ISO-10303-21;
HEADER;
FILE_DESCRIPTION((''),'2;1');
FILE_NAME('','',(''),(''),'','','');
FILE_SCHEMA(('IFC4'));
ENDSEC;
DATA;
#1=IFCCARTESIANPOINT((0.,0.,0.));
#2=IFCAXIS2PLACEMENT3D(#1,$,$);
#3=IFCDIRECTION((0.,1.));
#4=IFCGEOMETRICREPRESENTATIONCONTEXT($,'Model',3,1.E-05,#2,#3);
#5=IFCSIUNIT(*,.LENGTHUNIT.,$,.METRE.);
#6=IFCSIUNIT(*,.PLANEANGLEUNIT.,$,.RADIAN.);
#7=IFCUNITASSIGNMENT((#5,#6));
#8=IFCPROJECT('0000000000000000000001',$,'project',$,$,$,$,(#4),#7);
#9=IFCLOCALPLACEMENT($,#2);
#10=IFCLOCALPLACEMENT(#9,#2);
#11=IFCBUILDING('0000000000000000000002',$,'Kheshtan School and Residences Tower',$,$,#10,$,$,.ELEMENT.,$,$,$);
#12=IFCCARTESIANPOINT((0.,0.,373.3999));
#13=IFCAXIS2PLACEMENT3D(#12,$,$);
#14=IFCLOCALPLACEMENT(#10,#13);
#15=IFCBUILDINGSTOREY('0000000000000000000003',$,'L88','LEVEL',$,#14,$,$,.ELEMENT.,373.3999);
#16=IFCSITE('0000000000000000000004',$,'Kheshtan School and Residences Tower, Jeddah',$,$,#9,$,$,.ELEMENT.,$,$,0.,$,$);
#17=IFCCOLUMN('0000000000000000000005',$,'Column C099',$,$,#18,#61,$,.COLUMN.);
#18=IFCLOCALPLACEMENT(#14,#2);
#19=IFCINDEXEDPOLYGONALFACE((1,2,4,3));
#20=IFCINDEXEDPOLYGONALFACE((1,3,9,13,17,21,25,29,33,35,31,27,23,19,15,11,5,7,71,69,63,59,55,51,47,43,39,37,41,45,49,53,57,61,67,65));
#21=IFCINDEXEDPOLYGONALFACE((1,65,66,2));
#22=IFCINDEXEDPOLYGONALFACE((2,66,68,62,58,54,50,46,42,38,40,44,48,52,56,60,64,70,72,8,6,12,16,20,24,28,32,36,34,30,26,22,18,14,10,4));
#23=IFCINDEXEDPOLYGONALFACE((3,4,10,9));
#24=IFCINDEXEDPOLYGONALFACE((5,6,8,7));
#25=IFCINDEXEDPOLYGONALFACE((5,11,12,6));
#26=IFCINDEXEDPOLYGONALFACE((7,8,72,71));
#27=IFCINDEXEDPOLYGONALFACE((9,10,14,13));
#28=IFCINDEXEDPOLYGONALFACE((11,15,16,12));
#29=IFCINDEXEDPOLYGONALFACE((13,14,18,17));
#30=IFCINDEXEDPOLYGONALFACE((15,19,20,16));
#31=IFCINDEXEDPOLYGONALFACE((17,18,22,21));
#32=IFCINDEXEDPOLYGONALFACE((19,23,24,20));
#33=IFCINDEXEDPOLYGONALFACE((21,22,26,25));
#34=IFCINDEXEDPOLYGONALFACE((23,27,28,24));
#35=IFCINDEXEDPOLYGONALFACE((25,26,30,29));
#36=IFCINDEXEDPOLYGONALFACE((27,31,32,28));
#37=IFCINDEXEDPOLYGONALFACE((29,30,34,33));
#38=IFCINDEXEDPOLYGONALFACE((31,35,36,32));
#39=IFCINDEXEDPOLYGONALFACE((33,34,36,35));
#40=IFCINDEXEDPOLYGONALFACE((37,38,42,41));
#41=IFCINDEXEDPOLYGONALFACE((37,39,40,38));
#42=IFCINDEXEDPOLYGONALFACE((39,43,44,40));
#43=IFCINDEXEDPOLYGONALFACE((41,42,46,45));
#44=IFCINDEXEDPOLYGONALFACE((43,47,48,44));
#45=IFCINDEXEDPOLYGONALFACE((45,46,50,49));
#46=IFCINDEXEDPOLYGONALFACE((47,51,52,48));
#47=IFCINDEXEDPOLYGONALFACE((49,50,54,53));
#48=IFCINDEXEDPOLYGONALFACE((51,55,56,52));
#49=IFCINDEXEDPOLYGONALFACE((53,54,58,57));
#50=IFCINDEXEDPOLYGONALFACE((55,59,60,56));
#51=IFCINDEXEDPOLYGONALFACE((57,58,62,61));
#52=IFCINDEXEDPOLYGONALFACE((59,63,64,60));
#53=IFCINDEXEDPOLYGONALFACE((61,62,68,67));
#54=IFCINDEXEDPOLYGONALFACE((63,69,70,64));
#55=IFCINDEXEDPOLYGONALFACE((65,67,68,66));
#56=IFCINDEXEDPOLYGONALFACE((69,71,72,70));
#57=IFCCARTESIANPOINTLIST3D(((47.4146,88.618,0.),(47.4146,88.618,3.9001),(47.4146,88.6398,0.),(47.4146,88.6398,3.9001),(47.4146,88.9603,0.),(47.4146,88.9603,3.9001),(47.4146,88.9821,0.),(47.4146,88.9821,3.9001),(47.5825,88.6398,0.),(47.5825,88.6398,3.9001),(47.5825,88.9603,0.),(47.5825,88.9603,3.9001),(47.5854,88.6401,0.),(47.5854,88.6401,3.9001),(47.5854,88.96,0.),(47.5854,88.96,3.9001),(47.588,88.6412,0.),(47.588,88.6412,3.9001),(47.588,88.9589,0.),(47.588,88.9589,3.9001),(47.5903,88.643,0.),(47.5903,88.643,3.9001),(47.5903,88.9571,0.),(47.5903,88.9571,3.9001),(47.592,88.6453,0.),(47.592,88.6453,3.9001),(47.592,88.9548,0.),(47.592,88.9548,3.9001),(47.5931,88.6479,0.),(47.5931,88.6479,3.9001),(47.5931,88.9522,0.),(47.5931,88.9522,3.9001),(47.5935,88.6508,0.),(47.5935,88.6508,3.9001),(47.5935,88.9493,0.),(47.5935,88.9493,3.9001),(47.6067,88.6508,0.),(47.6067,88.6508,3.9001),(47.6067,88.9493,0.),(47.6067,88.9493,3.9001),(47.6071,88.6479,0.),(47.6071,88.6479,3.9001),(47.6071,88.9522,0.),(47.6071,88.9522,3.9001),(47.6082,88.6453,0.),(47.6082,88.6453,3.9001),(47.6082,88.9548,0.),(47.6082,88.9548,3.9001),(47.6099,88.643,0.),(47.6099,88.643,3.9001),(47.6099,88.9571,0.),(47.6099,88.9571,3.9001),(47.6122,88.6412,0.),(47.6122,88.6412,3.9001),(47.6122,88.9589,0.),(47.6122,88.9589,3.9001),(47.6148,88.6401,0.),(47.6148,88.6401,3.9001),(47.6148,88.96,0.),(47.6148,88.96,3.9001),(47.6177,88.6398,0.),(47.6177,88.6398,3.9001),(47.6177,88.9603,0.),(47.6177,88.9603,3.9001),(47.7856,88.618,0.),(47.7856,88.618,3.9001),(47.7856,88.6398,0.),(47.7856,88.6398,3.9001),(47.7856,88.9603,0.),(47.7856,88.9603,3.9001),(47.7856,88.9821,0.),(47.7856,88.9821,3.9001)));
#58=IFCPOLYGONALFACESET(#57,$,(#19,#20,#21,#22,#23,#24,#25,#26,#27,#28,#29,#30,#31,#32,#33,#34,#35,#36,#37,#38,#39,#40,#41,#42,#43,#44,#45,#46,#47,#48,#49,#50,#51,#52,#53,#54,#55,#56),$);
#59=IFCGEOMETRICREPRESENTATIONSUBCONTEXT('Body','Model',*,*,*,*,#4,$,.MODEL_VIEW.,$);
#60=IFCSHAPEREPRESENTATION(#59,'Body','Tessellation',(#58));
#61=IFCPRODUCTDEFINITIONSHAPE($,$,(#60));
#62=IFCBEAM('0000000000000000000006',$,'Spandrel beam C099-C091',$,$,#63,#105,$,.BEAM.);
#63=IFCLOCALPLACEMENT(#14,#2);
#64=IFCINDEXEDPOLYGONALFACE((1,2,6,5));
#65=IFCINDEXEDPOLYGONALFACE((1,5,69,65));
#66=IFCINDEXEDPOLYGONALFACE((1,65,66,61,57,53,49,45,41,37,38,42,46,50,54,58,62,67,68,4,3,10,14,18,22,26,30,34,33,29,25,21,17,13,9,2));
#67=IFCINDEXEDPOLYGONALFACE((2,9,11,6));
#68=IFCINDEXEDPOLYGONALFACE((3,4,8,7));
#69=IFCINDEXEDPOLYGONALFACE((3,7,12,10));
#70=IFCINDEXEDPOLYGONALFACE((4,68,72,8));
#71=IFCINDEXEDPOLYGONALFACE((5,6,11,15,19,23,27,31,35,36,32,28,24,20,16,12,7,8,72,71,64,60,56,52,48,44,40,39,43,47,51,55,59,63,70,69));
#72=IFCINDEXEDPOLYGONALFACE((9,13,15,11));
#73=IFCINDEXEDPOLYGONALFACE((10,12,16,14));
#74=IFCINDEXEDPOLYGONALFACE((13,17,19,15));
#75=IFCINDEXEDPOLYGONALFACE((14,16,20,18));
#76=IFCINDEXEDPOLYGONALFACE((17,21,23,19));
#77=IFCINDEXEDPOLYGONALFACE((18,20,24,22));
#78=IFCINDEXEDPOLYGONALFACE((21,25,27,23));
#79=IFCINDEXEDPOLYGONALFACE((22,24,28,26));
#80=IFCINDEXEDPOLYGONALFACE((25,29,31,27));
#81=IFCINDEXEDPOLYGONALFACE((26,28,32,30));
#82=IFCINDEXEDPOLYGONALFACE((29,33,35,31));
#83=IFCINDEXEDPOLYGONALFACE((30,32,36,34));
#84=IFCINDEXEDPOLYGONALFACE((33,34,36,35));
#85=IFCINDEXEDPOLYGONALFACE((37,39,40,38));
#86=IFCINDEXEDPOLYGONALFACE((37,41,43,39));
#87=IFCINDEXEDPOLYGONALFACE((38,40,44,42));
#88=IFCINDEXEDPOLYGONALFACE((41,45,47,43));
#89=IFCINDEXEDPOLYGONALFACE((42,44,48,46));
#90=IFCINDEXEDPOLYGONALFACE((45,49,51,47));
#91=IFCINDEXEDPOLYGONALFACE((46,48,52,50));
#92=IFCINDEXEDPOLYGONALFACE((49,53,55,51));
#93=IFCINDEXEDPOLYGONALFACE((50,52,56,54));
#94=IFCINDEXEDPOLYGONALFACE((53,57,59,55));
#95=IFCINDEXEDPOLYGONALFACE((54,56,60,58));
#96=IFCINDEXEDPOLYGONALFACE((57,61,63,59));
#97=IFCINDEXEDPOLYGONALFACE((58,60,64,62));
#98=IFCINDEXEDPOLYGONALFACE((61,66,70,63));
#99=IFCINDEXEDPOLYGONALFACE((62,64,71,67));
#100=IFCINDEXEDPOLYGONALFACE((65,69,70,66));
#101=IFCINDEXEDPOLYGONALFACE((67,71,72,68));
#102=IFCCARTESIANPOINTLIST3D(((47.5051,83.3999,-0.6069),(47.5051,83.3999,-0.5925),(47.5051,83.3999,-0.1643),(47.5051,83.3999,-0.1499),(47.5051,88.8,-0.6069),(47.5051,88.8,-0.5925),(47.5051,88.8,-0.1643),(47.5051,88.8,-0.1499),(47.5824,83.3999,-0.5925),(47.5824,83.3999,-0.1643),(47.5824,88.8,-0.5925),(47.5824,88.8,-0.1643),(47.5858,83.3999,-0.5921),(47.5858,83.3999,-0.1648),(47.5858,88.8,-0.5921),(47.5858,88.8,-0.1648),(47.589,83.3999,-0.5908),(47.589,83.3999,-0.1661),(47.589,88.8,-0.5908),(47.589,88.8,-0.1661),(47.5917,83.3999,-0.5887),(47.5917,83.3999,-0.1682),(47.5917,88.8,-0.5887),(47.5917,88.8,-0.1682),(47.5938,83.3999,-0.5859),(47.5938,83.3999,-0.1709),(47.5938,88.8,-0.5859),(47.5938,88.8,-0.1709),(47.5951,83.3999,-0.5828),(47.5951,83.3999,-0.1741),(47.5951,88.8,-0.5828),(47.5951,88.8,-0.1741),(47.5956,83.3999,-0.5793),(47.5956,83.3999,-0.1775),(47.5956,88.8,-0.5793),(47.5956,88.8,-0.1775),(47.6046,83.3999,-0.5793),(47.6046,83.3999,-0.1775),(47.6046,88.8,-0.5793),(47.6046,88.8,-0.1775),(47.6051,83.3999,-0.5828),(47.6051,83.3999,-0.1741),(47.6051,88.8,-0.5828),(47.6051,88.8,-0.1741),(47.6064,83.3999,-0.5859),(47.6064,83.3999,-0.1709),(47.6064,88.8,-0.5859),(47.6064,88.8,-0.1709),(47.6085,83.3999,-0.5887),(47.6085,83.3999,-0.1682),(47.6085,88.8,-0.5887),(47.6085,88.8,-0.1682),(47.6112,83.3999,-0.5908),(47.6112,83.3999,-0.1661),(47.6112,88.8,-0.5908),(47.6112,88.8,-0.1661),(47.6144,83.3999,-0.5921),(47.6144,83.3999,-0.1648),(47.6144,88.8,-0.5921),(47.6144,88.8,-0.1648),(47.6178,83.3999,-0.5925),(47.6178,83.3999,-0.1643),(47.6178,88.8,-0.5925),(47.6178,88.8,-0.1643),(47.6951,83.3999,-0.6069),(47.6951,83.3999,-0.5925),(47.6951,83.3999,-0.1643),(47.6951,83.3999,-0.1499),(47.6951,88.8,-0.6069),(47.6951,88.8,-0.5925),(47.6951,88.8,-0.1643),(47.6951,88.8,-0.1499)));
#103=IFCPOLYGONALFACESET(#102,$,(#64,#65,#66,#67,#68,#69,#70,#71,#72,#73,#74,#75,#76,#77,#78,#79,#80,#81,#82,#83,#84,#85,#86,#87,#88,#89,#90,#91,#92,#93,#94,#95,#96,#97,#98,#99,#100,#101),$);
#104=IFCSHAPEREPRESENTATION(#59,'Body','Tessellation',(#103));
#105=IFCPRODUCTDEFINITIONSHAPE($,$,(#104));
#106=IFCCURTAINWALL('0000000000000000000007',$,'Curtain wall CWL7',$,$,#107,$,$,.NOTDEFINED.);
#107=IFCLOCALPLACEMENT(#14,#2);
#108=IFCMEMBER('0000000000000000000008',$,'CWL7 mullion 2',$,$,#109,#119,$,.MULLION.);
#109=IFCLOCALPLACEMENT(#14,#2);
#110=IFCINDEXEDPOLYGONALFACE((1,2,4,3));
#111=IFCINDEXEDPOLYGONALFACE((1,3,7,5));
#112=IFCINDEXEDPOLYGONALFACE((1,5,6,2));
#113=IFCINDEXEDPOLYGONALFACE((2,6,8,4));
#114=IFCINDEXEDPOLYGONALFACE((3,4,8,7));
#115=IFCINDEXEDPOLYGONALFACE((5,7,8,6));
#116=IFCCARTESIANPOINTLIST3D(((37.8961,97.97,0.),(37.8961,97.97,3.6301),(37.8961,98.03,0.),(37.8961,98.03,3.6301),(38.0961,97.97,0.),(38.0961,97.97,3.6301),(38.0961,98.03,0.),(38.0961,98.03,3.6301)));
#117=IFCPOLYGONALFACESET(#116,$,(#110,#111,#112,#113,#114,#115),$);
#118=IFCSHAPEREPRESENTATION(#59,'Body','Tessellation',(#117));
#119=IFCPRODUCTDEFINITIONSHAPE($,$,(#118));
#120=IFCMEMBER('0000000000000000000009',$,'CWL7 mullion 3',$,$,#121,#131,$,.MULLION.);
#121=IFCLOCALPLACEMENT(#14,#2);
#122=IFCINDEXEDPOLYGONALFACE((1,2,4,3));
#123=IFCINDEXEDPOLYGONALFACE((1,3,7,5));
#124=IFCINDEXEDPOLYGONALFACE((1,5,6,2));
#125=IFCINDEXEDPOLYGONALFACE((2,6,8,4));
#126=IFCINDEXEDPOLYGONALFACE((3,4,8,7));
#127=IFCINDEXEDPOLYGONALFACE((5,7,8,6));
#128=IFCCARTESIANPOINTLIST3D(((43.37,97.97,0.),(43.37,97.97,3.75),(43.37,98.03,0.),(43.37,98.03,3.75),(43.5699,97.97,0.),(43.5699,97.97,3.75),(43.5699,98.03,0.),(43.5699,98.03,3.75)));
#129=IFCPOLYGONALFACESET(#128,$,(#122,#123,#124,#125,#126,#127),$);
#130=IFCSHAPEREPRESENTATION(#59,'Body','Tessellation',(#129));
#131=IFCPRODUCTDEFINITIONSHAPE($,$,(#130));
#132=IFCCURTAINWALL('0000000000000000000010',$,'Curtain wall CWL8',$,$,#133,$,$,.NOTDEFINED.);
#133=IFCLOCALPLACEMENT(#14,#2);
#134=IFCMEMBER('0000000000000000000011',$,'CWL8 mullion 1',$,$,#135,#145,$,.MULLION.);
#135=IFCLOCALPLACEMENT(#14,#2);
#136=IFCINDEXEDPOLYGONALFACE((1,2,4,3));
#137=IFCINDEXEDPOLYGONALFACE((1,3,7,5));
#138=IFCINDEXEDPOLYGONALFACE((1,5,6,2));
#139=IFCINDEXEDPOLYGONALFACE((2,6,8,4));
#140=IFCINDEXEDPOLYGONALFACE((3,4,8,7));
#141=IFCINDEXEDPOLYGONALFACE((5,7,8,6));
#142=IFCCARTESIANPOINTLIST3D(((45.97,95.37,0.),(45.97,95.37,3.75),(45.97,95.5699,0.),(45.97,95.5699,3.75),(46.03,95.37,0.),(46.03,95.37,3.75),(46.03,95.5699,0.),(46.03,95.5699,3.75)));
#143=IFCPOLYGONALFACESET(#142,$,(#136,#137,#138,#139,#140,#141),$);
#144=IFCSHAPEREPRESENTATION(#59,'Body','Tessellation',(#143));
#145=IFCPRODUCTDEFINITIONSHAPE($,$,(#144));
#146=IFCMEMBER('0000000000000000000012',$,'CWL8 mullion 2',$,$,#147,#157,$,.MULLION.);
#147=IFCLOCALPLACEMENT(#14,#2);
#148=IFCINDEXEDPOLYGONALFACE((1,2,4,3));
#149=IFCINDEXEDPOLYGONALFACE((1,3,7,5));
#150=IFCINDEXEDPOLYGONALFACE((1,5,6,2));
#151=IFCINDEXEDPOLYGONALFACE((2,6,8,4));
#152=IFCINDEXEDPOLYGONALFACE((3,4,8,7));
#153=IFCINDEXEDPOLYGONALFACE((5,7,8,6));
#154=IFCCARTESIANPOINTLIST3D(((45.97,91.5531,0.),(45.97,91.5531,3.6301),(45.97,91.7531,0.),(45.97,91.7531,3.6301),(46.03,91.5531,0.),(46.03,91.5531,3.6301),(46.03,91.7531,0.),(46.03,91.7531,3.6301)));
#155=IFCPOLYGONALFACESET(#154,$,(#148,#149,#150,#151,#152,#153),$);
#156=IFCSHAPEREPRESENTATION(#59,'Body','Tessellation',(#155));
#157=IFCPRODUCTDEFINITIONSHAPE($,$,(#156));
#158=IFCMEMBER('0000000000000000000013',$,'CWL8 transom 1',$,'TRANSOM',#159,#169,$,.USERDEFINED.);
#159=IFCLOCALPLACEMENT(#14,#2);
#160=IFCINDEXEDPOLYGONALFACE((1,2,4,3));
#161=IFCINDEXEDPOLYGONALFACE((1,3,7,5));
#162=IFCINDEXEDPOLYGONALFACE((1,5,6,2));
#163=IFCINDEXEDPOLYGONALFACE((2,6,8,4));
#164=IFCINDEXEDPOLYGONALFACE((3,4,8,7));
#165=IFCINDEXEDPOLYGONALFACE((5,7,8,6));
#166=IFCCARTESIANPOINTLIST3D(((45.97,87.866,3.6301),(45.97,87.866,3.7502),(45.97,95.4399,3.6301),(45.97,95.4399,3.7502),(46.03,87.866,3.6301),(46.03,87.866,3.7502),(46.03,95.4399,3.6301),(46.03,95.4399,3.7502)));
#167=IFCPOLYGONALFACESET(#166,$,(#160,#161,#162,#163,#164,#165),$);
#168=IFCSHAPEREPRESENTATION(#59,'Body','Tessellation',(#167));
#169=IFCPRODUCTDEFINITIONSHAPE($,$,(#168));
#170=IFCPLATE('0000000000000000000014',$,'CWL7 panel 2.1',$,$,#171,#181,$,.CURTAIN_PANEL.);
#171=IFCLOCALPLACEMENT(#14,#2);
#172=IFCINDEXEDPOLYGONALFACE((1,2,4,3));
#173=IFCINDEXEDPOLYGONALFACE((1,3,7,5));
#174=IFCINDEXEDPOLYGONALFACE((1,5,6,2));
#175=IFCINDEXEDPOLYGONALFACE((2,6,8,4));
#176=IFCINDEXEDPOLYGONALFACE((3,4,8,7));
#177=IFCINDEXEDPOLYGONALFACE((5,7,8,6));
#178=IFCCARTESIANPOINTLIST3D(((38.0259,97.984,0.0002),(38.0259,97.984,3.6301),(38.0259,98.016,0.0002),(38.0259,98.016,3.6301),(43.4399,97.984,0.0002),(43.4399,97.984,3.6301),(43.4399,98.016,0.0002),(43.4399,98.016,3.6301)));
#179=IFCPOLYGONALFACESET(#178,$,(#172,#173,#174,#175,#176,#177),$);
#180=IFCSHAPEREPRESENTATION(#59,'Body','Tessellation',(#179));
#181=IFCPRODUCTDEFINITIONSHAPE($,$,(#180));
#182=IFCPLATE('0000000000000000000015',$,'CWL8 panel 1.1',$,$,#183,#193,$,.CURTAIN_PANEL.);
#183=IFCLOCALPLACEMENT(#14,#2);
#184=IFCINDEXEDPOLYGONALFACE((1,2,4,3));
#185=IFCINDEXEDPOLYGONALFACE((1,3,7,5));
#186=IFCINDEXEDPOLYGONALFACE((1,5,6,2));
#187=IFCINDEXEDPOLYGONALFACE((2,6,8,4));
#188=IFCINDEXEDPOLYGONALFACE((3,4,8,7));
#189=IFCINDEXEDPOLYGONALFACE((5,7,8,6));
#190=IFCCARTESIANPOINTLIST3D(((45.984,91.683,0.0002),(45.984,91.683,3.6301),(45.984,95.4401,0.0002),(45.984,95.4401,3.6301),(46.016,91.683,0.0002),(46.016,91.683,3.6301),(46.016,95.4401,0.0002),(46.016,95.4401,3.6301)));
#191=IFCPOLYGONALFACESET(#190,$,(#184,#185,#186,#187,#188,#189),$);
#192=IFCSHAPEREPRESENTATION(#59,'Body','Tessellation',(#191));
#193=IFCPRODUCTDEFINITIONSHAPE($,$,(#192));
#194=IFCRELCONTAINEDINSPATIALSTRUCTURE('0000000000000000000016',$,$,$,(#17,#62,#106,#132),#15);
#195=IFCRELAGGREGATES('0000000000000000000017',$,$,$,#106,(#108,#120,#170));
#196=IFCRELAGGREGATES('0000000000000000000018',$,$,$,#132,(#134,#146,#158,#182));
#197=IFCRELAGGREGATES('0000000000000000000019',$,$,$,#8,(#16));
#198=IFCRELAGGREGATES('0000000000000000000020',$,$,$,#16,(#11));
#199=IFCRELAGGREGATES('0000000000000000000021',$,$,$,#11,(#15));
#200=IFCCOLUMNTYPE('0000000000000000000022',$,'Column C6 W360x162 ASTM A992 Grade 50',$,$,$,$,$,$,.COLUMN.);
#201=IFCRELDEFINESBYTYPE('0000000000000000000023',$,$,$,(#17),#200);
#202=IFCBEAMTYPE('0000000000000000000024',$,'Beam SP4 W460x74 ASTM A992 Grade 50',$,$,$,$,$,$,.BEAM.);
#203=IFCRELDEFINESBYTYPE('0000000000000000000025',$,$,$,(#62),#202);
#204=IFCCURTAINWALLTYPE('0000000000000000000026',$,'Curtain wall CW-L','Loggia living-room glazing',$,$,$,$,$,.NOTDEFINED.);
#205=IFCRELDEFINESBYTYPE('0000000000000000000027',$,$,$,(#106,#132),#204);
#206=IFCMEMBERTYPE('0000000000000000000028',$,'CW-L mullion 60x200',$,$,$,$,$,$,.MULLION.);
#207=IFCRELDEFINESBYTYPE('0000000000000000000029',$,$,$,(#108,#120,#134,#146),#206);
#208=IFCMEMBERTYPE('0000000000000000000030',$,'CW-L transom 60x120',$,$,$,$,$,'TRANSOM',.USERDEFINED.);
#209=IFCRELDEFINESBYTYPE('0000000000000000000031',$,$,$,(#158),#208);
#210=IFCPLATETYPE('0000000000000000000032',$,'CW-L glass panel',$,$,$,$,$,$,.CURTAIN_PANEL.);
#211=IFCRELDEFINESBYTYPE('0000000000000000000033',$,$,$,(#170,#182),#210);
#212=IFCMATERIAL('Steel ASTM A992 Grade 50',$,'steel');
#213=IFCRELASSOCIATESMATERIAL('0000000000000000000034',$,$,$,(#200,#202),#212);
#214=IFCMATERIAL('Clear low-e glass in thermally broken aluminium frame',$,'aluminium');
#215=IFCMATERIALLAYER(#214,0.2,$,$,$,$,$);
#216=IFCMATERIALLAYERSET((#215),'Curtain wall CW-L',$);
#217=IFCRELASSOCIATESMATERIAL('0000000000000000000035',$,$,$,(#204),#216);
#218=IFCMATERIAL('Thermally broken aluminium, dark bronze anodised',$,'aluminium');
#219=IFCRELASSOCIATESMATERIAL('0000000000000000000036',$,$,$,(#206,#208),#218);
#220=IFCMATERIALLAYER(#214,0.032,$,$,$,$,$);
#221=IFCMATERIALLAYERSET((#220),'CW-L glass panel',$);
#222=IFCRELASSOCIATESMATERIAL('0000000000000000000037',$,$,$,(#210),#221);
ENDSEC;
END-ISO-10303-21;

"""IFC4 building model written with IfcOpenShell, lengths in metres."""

from ifc_helpers import new_model, si_unit, direction, frame, origin, origin_2d, place, context, subcontext, project, spatial, rectangle, i_section, extrude, material, layer, layer_set, material_profile, profile_set, type_object, element, aggregate, save


model = new_model("IFC4")

# Units and contexts
model_context = context("Model", 3, precision=1e-05, world=origin(), true_north=direction((0.0, 1.0)))
body_context = subcontext(model_context, "Body", "Model", "MODEL_VIEW")
ifc_project = project(units=[si_unit("LENGTHUNIT", "METRE"), si_unit("PLANEANGLEUNIT", "RADIAN")], contexts=[model_context])

# Site, building, storey
site_placement = place(None, origin())
site = spatial("IfcSite", under=ifc_project, at=site_placement, Name="Kheshtan School and Residences Tower, Jeddah", CompositionType="ELEMENT", RefElevation=0.0)
building_placement = place(site_placement, origin())
building = spatial("IfcBuilding", under=site, at=building_placement, Name="Kheshtan School and Residences Tower", CompositionType="ELEMENT")
storey_placement = place(building_placement, frame((0.0, 0.0, 373.3999)))
storey = spatial("IfcBuildingStorey", under=building, at=storey_placement, Name="L88", Description="LEVEL", CompositionType="ELEMENT", Elevation=373.3999)

# Column
ifc_material_1 = material(Name="Steel ASTM A992 Grade 50", Category="steel")
ifc_material_profile_1 = material_profile(ifc_material_1, i_section(OverallWidth=0.3711, OverallDepth=0.364, WebThickness=0.0132, FlangeThickness=0.0217, FilletRadius=0.011, at=origin_2d()), Name="W360x162")
ifc_profile_set_1 = profile_set([ifc_material_profile_1], Name="Steel ASTM A992 Grade 50")
column_type = type_object("IfcColumnType", Name="Column C6 W360x162 ASTM A992 Grade 50", PredefinedType="COLUMN", material=ifc_profile_set_1)
column_placement = place(storey_placement, frame((47.6001, 88.8, 0.0), z_axis=(0.0, 0.0, 1.0), x_axis=(1.0, 0.0, 0.0)))
element("IfcColumn", 1, at=column_placement, inside=storey, type_object=column_type, Name="Column C099", PredefinedType="COLUMN", context=body_context, shape_type="SweptSolid", body=[
    extrude(i_section(OverallWidth=0.3711, OverallDepth=0.364, WebThickness=0.0132, FlangeThickness=0.0217, FilletRadius=0.011, at=origin_2d()), origin(), (0.0, 0.0, 1.0), 3.9001),
])

# Beam
ifc_material_profile_2 = material_profile(ifc_material_1, i_section(OverallWidth=0.1899, OverallDepth=0.457, WebThickness=0.009, FlangeThickness=0.0144, FilletRadius=0.0132, at=origin_2d()), Name="W460x74")
ifc_profile_set_2 = profile_set([ifc_material_profile_2], Name="Steel ASTM A992 Grade 50")
beam_type = type_object("IfcBeamType", Name="Beam SP4 W460x74 ASTM A992 Grade 50", PredefinedType="BEAM", material=ifc_profile_set_2)
beam_placement = place(storey_placement, frame((47.6001, 88.8, -0.3784), z_axis=(0.0, -1.0, 0.0), x_axis=(1.0, 0.0, 0.0)))
element("IfcBeam", 2, at=beam_placement, inside=storey, type_object=beam_type, Name="Spandrel beam C099-C091", PredefinedType="BEAM", context=body_context, shape_type="SweptSolid", body=[
    extrude(i_section(OverallWidth=0.1899, OverallDepth=0.457, WebThickness=0.009, FlangeThickness=0.0144, FilletRadius=0.0132, at=origin_2d()), origin(), (0.0, 0.0, 1.0), 5.4001),
])

# Curtain walls, members
ifc_material_2 = material(Name="Clear low-e glass in thermally broken aluminium frame", Category="aluminium")
ifc_layer_1 = layer(ifc_material_2, 0.2)
ifc_layer_set_1 = layer_set([ifc_layer_1], Name="Curtain wall CW-L")
curtain_wall_type = type_object("IfcCurtainWallType", Name="Curtain wall CW-L", Description="Loggia living-room glazing", PredefinedType="NOTDEFINED", material=ifc_layer_set_1)
curtain_wall_1_placement = place(storey_placement, origin())
curtain_wall_1 = element("IfcCurtainWall", 3, at=curtain_wall_1_placement, inside=storey, type_object=curtain_wall_type, Name="Curtain wall CWL7", PredefinedType="NOTDEFINED")
ifc_material_3 = material(Name="Thermally broken aluminium, dark bronze anodised", Category="aluminium")
ifc_material_profile_3 = material_profile(ifc_material_3, rectangle(XDim=0.0601, YDim=0.2, at=origin_2d()), Name="CW-L mullion 60x200")
ifc_profile_set_3 = profile_set([ifc_material_profile_3], Name="Thermally broken aluminium, dark bronze anodised")
member_type_1 = type_object("IfcMemberType", Name="CW-L mullion 60x200", PredefinedType="MULLION", material=ifc_profile_set_3)
member_1_placement = place(storey_placement, frame((37.9961, 98.0, 0.0), z_axis=(0.0, 0.0, 1.0), x_axis=(0.0, 1.0, 0.0)))
member_1 = element("IfcMember", 4, at=member_1_placement, type_object=member_type_1, Name="CWL7 mullion 2", PredefinedType="MULLION", context=body_context, shape_type="SweptSolid", body=[
    extrude(rectangle(XDim=0.0601, YDim=0.2, at=origin_2d()), origin(), (0.0, 0.0, 1.0), 3.6301),
])
member_2_placement = place(storey_placement, frame((43.47, 98.0, 0.0), z_axis=(0.0, 0.0, 1.0), x_axis=(0.0, 1.0, 0.0)))
member_2 = element("IfcMember", 5, at=member_2_placement, type_object=member_type_1, Name="CWL7 mullion 3", PredefinedType="MULLION", context=body_context, shape_type="SweptSolid", body=[
    extrude(rectangle(XDim=0.0601, YDim=0.2, at=origin_2d()), origin(), (0.0, 0.0, 1.0), 3.75),
])
curtain_wall_2_placement = place(storey_placement, origin())
curtain_wall_2 = element("IfcCurtainWall", 6, at=curtain_wall_2_placement, inside=storey, type_object=curtain_wall_type, Name="Curtain wall CWL8", PredefinedType="NOTDEFINED")
member_3_placement = place(storey_placement, frame((46.0, 95.47, 0.0), z_axis=(0.0, 0.0, 1.0), x_axis=(1.0, 0.0, 0.0)))
member_3 = element("IfcMember", 7, at=member_3_placement, type_object=member_type_1, Name="CWL8 mullion 1", PredefinedType="MULLION", context=body_context, shape_type="SweptSolid", body=[
    extrude(rectangle(XDim=0.0601, YDim=0.2, at=origin_2d()), origin(), (0.0, 0.0, 1.0), 3.75),
])
member_4_placement = place(storey_placement, frame((46.0, 91.6531, 0.0), z_axis=(0.0, 0.0, 1.0), x_axis=(1.0, 0.0, 0.0)))
member_4 = element("IfcMember", 8, at=member_4_placement, type_object=member_type_1, Name="CWL8 mullion 2", PredefinedType="MULLION", context=body_context, shape_type="SweptSolid", body=[
    extrude(rectangle(XDim=0.0601, YDim=0.2, at=origin_2d()), origin(), (0.0, 0.0, 1.0), 3.6301),
])
ifc_material_profile_4 = material_profile(ifc_material_3, rectangle(XDim=0.0601, YDim=0.1201, at=origin_2d()), Name="CW-L transom 60x120")
ifc_profile_set_4 = profile_set([ifc_material_profile_4], Name="Thermally broken aluminium, dark bronze anodised")
member_type_2 = type_object("IfcMemberType", Name="CW-L transom 60x120", ElementType="TRANSOM", PredefinedType="USERDEFINED", material=ifc_profile_set_4)
member_5_placement = place(storey_placement, frame((46.0, 95.4399, 3.6902), z_axis=(0.0, -1.0, 0.0), x_axis=(1.0, 0.0, 0.0)))
member_5 = element("IfcMember", 9, at=member_5_placement, type_object=member_type_2, Name="CWL8 transom 1", ObjectType="TRANSOM", PredefinedType="USERDEFINED", context=body_context, shape_type="SweptSolid", body=[
    extrude(rectangle(XDim=0.0601, YDim=0.1201, at=origin_2d()), origin(), (0.0, 0.0, 1.0), 7.574),
])

# Plates
ifc_layer_2 = layer(ifc_material_2, 0.032)
ifc_layer_set_2 = layer_set([ifc_layer_2], Name="CW-L glass panel")
plate_type = type_object("IfcPlateType", Name="CW-L glass panel", PredefinedType="CURTAIN_PANEL", material=ifc_layer_set_2)
plate_1_placement = place(storey_placement, frame((40.7329, 98.0, 0.0002), z_axis=(0.0, 0.0, 1.0), x_axis=(1.0, 0.0, 0.0)))
plate_1 = element("IfcPlate", 10, at=plate_1_placement, type_object=plate_type, Name="CWL7 panel 2.1", PredefinedType="CURTAIN_PANEL", context=body_context, shape_type="SweptSolid", body=[
    extrude(rectangle(XDim=5.4141, YDim=0.032, at=origin_2d()), origin(), (0.0, 0.0, 1.0), 3.6299),
])
aggregate(curtain_wall_1, [member_1, member_2, plate_1])
plate_2_placement = place(storey_placement, frame((46.0, 93.5615, 0.0002), z_axis=(0.0, 0.0, 1.0), x_axis=(0.0, -1.0, 0.0)))
plate_2 = element("IfcPlate", 11, at=plate_2_placement, type_object=plate_type, Name="CWL8 panel 1.1", PredefinedType="CURTAIN_PANEL", context=body_context, shape_type="SweptSolid", body=[
    extrude(rectangle(XDim=3.7571, YDim=0.032, at=origin_2d()), origin(), (0.0, 0.0, 1.0), 3.6299),
])
aggregate(curtain_wall_2, [member_3, member_4, member_5, plate_2])

save(model, "model.ifc")
